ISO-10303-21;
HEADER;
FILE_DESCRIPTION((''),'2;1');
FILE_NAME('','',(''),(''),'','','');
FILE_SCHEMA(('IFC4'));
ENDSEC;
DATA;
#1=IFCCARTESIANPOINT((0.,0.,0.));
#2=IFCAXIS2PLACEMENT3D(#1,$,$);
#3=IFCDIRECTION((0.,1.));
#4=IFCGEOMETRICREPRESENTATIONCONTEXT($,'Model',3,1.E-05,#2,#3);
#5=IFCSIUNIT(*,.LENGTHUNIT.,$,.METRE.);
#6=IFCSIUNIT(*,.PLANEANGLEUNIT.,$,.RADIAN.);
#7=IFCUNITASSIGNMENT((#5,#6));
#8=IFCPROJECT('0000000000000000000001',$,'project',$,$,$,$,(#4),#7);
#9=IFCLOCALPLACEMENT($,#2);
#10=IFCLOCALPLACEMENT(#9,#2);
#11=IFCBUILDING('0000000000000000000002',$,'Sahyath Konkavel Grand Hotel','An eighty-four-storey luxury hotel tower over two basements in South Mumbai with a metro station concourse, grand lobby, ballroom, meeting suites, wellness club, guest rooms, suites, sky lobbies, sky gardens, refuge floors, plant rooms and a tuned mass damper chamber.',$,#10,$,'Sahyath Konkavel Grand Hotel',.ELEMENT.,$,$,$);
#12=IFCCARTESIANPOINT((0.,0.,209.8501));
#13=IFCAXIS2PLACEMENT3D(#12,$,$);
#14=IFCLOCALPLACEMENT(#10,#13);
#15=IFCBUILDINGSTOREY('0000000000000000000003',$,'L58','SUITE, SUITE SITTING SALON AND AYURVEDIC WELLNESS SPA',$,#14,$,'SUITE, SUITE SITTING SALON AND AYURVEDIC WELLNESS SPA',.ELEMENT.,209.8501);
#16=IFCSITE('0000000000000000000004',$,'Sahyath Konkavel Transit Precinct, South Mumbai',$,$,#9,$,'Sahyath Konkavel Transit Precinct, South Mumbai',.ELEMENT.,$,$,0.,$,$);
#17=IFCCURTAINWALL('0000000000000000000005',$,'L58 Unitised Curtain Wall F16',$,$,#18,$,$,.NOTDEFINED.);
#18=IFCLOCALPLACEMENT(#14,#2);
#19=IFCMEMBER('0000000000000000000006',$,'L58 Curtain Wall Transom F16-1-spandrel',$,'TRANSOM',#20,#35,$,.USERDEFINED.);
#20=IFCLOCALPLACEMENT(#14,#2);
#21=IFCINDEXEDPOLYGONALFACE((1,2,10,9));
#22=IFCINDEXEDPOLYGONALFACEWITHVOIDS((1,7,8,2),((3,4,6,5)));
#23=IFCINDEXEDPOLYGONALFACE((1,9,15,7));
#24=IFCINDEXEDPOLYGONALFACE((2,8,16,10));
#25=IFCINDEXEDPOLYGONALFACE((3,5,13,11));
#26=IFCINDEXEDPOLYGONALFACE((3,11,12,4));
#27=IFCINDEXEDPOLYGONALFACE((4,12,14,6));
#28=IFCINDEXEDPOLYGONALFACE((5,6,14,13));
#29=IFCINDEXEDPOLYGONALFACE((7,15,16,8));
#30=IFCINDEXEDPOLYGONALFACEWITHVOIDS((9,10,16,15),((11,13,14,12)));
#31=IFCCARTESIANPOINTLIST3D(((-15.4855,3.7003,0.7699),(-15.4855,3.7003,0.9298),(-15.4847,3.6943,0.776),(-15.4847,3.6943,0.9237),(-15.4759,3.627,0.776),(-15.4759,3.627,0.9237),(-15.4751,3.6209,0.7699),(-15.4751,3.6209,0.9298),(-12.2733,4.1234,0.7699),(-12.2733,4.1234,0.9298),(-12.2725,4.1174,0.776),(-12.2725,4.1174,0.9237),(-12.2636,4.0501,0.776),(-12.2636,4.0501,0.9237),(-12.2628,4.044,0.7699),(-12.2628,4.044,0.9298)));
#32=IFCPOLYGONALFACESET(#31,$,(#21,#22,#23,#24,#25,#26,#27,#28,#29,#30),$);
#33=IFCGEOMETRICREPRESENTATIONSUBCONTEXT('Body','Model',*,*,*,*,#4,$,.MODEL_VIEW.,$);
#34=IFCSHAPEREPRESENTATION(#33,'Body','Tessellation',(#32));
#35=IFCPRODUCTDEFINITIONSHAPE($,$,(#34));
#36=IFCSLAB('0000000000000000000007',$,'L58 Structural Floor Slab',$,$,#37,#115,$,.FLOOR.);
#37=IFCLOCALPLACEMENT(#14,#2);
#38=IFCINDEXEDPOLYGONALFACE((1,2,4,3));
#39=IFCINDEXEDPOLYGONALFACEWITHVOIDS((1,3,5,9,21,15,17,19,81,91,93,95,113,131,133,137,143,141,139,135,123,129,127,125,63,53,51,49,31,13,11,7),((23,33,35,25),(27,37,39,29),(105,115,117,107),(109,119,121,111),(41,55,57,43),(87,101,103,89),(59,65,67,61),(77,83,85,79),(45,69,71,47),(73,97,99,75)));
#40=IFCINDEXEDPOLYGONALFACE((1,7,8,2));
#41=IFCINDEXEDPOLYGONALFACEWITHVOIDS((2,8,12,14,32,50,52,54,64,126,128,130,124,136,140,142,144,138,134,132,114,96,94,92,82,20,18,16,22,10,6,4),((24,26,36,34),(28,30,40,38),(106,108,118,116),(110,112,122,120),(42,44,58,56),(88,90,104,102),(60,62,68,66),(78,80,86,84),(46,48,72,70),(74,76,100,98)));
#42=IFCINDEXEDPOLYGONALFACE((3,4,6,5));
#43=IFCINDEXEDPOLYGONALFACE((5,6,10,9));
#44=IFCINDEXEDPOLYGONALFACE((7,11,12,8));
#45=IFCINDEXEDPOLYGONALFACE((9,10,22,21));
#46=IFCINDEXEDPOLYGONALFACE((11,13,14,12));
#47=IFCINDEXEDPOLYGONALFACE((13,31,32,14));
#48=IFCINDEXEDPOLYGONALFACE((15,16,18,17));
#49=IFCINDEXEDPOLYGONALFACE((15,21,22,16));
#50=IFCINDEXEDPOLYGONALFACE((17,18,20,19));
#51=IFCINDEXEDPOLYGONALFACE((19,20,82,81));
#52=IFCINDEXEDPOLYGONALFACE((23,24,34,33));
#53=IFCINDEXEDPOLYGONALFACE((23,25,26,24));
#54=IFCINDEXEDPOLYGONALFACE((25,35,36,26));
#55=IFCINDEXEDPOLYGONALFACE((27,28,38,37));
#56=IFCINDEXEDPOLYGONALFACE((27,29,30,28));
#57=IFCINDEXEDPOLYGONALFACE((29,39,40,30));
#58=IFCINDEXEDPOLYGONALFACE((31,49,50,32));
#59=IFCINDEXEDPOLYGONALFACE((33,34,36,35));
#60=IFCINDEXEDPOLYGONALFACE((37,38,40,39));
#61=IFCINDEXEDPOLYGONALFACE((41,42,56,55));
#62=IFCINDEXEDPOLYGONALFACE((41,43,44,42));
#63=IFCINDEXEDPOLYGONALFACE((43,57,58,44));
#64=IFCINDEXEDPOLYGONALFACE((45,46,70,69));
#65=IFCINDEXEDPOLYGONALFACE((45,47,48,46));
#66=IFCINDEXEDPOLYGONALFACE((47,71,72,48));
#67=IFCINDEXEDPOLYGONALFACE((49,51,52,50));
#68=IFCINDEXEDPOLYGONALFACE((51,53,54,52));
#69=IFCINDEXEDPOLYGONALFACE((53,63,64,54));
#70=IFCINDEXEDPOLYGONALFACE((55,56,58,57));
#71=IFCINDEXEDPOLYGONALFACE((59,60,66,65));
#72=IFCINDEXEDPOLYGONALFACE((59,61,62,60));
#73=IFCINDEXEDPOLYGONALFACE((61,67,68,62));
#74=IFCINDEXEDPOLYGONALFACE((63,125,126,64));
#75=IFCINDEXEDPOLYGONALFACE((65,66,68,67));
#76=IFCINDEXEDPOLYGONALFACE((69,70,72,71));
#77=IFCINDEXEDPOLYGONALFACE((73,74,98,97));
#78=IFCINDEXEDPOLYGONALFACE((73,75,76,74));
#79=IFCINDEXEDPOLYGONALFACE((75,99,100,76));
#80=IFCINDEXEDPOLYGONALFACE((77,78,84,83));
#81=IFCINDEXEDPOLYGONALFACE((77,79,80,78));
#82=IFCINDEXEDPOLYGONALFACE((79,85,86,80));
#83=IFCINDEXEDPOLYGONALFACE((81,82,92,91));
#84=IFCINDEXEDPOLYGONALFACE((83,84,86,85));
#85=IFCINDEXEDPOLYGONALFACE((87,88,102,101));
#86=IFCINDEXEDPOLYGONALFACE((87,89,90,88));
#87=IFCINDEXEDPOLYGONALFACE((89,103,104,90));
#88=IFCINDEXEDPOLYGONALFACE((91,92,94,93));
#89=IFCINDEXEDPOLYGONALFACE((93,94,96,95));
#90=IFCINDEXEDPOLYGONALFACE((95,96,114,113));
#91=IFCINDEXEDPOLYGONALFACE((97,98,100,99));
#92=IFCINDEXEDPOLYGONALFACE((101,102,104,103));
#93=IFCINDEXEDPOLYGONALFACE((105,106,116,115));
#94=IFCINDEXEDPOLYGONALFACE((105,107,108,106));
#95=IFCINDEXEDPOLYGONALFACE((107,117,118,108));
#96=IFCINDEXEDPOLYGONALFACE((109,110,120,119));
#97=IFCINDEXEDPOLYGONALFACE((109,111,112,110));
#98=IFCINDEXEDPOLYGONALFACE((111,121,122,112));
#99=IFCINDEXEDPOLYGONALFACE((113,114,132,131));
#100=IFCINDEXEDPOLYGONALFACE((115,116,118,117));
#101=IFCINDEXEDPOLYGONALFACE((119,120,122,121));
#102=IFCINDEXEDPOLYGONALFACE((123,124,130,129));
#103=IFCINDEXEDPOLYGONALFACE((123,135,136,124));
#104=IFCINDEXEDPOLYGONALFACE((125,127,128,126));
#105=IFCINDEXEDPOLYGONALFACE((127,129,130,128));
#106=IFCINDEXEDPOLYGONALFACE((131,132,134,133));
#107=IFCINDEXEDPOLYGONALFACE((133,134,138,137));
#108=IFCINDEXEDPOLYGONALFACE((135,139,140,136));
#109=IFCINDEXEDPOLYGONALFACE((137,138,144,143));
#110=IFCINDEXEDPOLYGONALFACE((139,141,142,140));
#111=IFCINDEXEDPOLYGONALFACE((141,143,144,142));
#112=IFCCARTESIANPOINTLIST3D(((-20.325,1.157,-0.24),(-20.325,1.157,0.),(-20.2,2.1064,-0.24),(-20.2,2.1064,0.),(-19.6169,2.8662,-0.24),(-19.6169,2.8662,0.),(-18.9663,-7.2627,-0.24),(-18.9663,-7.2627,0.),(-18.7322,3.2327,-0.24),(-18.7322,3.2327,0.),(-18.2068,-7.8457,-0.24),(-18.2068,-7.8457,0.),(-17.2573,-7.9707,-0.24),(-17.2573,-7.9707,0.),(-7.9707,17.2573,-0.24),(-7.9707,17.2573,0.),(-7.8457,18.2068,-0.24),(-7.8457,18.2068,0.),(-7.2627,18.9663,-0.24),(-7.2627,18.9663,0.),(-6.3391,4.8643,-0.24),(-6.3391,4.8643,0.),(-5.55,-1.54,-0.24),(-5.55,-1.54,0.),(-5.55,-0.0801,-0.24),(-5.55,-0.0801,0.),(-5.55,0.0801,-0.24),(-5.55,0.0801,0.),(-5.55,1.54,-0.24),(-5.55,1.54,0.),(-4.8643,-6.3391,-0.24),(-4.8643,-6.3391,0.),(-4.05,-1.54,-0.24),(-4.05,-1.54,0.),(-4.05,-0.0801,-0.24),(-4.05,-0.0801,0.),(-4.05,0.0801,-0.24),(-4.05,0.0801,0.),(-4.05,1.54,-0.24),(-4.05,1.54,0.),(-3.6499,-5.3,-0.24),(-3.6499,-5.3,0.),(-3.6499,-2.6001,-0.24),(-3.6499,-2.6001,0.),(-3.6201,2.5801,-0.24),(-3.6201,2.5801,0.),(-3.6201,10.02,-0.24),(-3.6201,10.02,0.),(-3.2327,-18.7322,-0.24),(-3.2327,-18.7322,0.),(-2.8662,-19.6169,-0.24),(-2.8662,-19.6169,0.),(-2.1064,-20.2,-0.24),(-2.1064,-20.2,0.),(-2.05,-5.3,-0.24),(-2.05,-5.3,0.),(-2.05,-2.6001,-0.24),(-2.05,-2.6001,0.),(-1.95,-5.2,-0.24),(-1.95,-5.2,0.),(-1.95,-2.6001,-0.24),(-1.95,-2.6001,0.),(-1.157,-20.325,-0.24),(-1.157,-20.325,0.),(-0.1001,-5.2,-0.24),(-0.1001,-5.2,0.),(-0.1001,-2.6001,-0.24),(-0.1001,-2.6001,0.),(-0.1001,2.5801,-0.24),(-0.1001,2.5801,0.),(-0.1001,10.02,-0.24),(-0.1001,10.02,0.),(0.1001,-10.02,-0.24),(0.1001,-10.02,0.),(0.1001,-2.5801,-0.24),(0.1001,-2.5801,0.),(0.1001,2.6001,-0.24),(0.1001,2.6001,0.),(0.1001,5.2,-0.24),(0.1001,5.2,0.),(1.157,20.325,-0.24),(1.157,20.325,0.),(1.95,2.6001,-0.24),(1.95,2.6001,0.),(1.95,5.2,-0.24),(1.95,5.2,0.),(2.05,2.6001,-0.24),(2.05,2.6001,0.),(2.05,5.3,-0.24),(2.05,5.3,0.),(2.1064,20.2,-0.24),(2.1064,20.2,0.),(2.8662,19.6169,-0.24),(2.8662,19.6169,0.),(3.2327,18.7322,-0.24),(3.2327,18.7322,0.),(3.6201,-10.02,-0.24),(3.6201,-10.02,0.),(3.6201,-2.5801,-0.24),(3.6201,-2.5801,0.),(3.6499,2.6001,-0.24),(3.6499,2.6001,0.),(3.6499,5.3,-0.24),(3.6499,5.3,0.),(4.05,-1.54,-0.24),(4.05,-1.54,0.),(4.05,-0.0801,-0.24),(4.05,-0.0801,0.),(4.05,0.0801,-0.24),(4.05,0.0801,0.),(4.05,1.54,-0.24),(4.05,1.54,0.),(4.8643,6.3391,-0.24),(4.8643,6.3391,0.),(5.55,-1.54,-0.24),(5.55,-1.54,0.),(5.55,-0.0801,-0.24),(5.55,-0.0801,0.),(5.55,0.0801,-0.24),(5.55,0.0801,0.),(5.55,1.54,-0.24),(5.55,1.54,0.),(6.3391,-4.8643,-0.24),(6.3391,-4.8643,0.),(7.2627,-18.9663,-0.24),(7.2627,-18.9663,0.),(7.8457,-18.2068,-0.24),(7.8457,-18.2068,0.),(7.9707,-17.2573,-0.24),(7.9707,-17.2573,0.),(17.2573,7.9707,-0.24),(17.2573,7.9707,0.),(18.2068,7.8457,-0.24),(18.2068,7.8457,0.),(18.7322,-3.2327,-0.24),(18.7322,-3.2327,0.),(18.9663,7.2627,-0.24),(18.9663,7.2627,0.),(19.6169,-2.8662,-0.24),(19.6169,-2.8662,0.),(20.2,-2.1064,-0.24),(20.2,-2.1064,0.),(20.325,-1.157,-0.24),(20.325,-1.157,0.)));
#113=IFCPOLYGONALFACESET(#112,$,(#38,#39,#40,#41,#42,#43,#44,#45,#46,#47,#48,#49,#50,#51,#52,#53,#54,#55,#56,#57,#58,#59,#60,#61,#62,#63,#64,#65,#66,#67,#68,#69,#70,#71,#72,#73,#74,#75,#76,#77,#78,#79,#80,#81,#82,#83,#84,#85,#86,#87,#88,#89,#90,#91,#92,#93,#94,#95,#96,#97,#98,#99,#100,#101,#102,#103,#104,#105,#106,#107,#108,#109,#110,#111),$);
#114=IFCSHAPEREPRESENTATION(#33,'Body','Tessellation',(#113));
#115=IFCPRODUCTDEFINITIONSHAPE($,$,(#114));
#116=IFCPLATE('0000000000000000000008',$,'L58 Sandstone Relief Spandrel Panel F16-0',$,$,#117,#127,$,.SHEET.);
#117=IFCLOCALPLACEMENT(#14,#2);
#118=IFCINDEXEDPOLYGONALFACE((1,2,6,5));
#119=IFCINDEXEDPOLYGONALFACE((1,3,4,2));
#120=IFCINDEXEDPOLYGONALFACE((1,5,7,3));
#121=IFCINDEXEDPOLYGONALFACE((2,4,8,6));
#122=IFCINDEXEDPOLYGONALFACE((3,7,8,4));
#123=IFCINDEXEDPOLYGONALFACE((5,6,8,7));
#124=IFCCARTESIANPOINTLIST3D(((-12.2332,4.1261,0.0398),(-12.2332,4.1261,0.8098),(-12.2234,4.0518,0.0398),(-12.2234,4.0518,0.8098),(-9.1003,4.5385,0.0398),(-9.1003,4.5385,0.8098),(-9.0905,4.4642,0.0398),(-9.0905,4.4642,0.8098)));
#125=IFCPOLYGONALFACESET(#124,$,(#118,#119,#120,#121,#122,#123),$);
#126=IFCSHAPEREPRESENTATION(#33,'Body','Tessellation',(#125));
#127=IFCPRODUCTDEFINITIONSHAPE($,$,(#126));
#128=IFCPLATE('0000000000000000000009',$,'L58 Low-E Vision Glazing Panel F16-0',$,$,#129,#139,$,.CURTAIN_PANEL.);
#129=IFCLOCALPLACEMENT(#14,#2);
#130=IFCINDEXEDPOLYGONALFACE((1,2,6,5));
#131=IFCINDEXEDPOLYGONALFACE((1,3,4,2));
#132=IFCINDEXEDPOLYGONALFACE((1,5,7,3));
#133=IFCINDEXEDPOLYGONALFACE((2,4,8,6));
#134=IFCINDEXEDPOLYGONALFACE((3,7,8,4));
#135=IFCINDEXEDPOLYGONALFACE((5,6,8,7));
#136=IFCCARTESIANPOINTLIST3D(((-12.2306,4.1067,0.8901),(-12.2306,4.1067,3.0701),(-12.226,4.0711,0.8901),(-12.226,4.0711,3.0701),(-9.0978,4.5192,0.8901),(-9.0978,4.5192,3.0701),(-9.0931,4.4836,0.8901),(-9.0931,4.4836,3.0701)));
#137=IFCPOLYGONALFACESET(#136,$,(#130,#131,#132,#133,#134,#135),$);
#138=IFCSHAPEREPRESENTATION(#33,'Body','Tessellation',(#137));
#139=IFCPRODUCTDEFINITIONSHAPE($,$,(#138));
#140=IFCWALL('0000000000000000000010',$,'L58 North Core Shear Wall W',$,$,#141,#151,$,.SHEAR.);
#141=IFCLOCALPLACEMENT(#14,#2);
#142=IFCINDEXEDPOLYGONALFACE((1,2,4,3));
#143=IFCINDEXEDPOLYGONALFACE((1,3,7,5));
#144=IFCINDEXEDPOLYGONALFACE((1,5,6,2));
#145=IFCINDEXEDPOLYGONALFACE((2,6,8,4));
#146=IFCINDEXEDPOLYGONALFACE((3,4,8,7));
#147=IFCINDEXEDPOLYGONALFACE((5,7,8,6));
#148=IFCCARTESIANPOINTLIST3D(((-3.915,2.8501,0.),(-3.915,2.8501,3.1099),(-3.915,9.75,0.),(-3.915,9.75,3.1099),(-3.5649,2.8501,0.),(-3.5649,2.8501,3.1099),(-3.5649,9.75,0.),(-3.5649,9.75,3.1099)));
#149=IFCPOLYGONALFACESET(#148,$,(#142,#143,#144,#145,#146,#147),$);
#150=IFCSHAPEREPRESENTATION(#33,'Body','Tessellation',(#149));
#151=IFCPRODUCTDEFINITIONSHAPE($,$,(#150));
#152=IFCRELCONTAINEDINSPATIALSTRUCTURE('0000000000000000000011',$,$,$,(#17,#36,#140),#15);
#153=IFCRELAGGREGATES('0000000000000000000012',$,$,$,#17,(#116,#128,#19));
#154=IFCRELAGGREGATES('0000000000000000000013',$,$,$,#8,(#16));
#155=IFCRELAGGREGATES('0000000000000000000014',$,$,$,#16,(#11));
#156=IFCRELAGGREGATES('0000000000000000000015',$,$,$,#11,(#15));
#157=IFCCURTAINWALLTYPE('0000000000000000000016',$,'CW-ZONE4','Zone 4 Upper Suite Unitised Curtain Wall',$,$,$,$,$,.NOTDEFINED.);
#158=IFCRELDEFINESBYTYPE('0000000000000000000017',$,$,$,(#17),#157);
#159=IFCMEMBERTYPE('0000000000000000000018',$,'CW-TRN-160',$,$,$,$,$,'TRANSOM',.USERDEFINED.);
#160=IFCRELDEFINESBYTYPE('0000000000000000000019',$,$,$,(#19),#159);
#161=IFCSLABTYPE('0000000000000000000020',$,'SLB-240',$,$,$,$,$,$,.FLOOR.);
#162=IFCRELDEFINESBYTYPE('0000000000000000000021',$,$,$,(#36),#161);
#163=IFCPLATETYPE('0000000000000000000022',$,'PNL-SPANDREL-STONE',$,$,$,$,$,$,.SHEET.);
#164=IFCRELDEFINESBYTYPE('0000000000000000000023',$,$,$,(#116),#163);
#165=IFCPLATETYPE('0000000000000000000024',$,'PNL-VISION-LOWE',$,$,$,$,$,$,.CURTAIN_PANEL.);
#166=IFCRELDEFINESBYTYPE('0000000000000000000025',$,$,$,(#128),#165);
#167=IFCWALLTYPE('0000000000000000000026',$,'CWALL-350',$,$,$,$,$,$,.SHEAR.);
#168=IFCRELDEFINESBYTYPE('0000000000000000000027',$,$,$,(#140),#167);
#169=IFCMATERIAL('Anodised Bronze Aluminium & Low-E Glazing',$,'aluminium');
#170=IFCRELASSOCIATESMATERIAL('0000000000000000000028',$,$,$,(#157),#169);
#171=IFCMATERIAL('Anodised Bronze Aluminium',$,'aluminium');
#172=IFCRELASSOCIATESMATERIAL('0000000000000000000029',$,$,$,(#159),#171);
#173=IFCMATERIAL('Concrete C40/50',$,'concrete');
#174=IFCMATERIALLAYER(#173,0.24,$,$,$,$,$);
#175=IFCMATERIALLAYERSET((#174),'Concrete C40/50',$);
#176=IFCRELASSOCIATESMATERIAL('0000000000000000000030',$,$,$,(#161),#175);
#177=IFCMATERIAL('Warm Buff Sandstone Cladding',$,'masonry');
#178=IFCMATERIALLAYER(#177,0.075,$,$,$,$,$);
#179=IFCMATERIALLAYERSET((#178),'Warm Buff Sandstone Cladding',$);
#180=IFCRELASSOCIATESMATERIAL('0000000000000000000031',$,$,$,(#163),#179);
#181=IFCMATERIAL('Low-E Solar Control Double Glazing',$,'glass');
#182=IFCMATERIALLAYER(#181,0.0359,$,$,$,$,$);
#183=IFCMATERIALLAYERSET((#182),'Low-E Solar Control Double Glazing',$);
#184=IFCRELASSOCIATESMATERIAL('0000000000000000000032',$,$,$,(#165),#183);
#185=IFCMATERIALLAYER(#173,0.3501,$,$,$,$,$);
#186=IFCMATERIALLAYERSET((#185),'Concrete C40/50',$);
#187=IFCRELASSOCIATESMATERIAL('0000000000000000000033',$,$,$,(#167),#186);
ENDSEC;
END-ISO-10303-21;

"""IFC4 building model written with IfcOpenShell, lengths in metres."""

from ifc_helpers import new_model, si_unit, direction, frame, frame_2d, origin, origin_2d, place, context, subcontext, project, spatial, polyline, rectangle, hollow_rectangle, outline, extrude, source, transform, mapped, material, layer, layer_set, material_profile, profile_set, type_object, element, aggregate, save


model = new_model("IFC4")

# Units and contexts
model_context = context("Model", 3, precision=1e-05, world=origin(), true_north=direction((0.0, 1.0)))
body_context = subcontext(model_context, "Body", "Model", "MODEL_VIEW")
ifc_project = project(units=[si_unit("LENGTHUNIT", "METRE"), si_unit("PLANEANGLEUNIT", "RADIAN")], contexts=[model_context])

# Site, building, storey
site_placement = place(None, origin())
site = spatial("IfcSite", under=ifc_project, at=site_placement, Name="Sahyath Konkavel Transit Precinct, South Mumbai", LongName="Sahyath Konkavel Transit Precinct, South Mumbai", CompositionType="ELEMENT", RefElevation=0.0)
building_placement = place(site_placement, origin())
building = spatial("IfcBuilding", under=site, at=building_placement, Name="Sahyath Konkavel Grand Hotel", Description="An eighty-four-storey luxury hotel tower over two basements in South Mumbai with a metro station concourse, grand lobby, ballroom, meeting suites, wellness club, guest rooms, suites, sky lobbies, sky gardens, refuge floors, plant rooms and a tuned mass damper chamber.", LongName="Sahyath Konkavel Grand Hotel", CompositionType="ELEMENT")
storey_placement = place(building_placement, frame((0.0, 0.0, 209.8501)))
storey = spatial("IfcBuildingStorey", under=building, at=storey_placement, Name="L58", Description="SUITE, SUITE SITTING SALON AND AYURVEDIC WELLNESS SPA", LongName="SUITE, SUITE SITTING SALON AND AYURVEDIC WELLNESS SPA", CompositionType="ELEMENT", Elevation=209.8501)

# Shared definitions
ifc_material_1 = material(Name="Concrete C40/50", Category="concrete")

# Curtain wall, member
ifc_material_2 = material(Name="Anodised Bronze Aluminium & Low-E Glazing", Category="aluminium")
curtain_wall_type = type_object("IfcCurtainWallType", Name="CW-ZONE4", Description="Zone 4 Upper Suite Unitised Curtain Wall", PredefinedType="NOTDEFINED", material=ifc_material_2)
curtain_wall_placement = place(storey_placement, origin())
curtain_wall = element("IfcCurtainWall", 1, at=curtain_wall_placement, inside=storey, type_object=curtain_wall_type, Name="L58 Unitised Curtain Wall F16", PredefinedType="NOTDEFINED")
ifc_material_3 = material(Name="Anodised Bronze Aluminium", Category="aluminium")
ifc_material_profile_1 = material_profile(ifc_material_3, hollow_rectangle(XDim=0.0801, YDim=0.1599, WallThickness=0.0061, at=origin_2d()), Name="RHS 160x80x6")
ifc_profile_set_1 = profile_set([ifc_material_profile_1], Name="Anodised Bronze Aluminium")
member_type_1 = type_object("IfcMemberType", Name="CW-TRN-160", ElementType="TRANSOM", PredefinedType="USERDEFINED", material=ifc_profile_set_1)
shared_shape_1 = source(origin(), body_context, "Body", "SweptSolid", [
    extrude(hollow_rectangle(XDim=0.0801, YDim=0.1599, WallThickness=0.0061, at=origin_2d()), origin(), (0.0, 0.0, 1.0), 3.24),
])
member_1_placement = place(storey_placement, frame((-12.2681, 4.0837, 0.8499), z_axis=(-0.991437, -0.130589, 0.0), x_axis=(0.130589, -0.991437, 0.0)))
member_1 = element("IfcMember", 2, at=member_1_placement, type_object=member_type_1, Name="L58 Curtain Wall Transom F16-1-spandrel", ObjectType="TRANSOM", PredefinedType="USERDEFINED", context=body_context, shape_type="MappedRepresentation", body=[
    mapped(shared_shape_1, transform((0.0, 0.0, 0.0), scale=1.0)),
])

# Slab
ifc_layer_1 = layer(ifc_material_1, 0.24)
ifc_layer_set_1 = layer_set([ifc_layer_1], Name="Concrete C40/50")
slab_type = type_object("IfcSlabType", Name="SLB-240", PredefinedType="FLOOR", material=ifc_layer_set_1)
slab_placement = place(storey_placement, frame((0.0, 0.0, -0.24)))
element("IfcSlab", 3, at=slab_placement, inside=storey, type_object=slab_type, Name="L58 Structural Floor Slab", PredefinedType="FLOOR", context=body_context, shape_type="SweptSolid", body=[
    extrude(outline(polyline([(6.3391, -4.8643), (18.7322, -3.2327), (19.6169, -2.8662), (20.2, -2.1064), (20.325, -1.157), (18.9663, 7.2627), (18.2068, 7.8457), (17.2573, 7.9707), (4.8643, 6.3391), (3.2327, 18.7322), (2.8662, 19.6169), (2.1064, 20.2), (1.157, 20.325), (-7.2627, 18.9663), (-7.8457, 18.2068), (-7.9707, 17.2573), (-6.3391, 4.8643), (-18.7322, 3.2327), (-19.6169, 2.8662), (-20.2, 2.1064), (-20.325, 1.157), (-18.9663, -7.2627), (-18.2068, -7.8457), (-17.2573, -7.9707), (-4.8643, -6.3391), (-3.2327, -18.7322), (-2.8662, -19.6169), (-2.1064, -20.2), (-1.157, -20.325), (7.2627, -18.9663), (7.8457, -18.2068), (7.9707, -17.2573), (6.3391, -4.8643)]), holes=[polyline([(-3.6201, 2.5801), (-0.1001, 2.5801), (-0.1001, 10.02), (-3.6201, 10.02), (-3.6201, 2.5801)]), polyline([(0.1001, -10.02), (3.6201, -10.02), (3.6201, -2.5801), (0.1001, -2.5801), (0.1001, -10.02)]), polyline([(0.1001, 2.6001), (1.95, 2.6001), (1.95, 5.2), (0.1001, 5.2), (0.1001, 2.6001)]), polyline([(-1.95, -5.2), (-0.1001, -5.2), (-0.1001, -2.6001), (-1.95, -2.6001), (-1.95, -5.2)]), polyline([(2.05, 2.6001), (3.6499, 2.6001), (3.6499, 5.3), (2.05, 5.3), (2.05, 2.6001)]), polyline([(-3.6499, -5.3), (-2.05, -5.3), (-2.05, -2.6001), (-3.6499, -2.6001), (-3.6499, -5.3)]), polyline([(4.05, 0.0801), (5.55, 0.0801), (5.55, 1.54), (4.05, 1.54), (4.05, 0.0801)]), polyline([(4.05, -1.54), (5.55, -1.54), (5.55, -0.0801), (4.05, -0.0801), (4.05, -1.54)]), polyline([(-5.55, 0.0801), (-4.05, 0.0801), (-4.05, 1.54), (-5.55, 1.54), (-5.55, 0.0801)]), polyline([(-5.55, -1.54), (-4.05, -1.54), (-4.05, -0.0801), (-5.55, -0.0801), (-5.55, -1.54)])]), origin(), (0.0, 0.0, 1.0), 0.24),
])

# Plates
ifc_material_4 = material(Name="Warm Buff Sandstone Cladding", Category="masonry")
ifc_layer_2 = layer(ifc_material_4, 0.075)
ifc_layer_set_2 = layer_set([ifc_layer_2], Name="Warm Buff Sandstone Cladding")
plate_type_1 = type_object("IfcPlateType", Name="PNL-SPANDREL-STONE", PredefinedType="SHEET", material=ifc_layer_set_2)
shared_shape_2 = source(origin(), body_context, "Body", "SweptSolid", [
    extrude(rectangle(XDim=3.1599, YDim=0.075, at=origin_2d()), origin(), (0.0, 0.0, 1.0), 0.77),
])
plate_1_placement = place(storey_placement, frame((-10.6619, 4.2952, 0.0398), z_axis=(0.0, 0.0, 1.0), x_axis=(-0.991445, -0.130526, 0.0)))
plate_1 = element("IfcPlate", 4, at=plate_1_placement, type_object=plate_type_1, Name="L58 Sandstone Relief Spandrel Panel F16-0", PredefinedType="SHEET", context=body_context, shape_type="MappedRepresentation", body=[
    mapped(shared_shape_2, transform((0.0, 0.0, 0.0), scale=1.0)),
])
ifc_material_5 = material(Name="Low-E Solar Control Double Glazing", Category="glass")
ifc_layer_3 = layer(ifc_material_5, 0.0359)
ifc_layer_set_3 = layer_set([ifc_layer_3], Name="Low-E Solar Control Double Glazing")
plate_type_2 = type_object("IfcPlateType", Name="PNL-VISION-LOWE", PredefinedType="CURTAIN_PANEL", material=ifc_layer_set_3)
shared_shape_3 = source(origin(), body_context, "Body", "SweptSolid", [
    extrude(rectangle(XDim=3.1599, YDim=0.0359, at=origin_2d()), origin(), (0.0, 0.0, 1.0), 2.1799),
])
plate_2_placement = place(storey_placement, frame((-10.6619, 4.2952, 0.8901), z_axis=(0.0, 0.0, 1.0), x_axis=(-0.991445, -0.130526, 0.0)))
plate_2 = element("IfcPlate", 5, at=plate_2_placement, type_object=plate_type_2, Name="L58 Low-E Vision Glazing Panel F16-0", PredefinedType="CURTAIN_PANEL", context=body_context, shape_type="MappedRepresentation", body=[
    mapped(shared_shape_3, transform((0.0, 0.0, 0.0), scale=1.0)),
])
aggregate(curtain_wall, [plate_1, plate_2, member_1])

# Wall
ifc_layer_4 = layer(ifc_material_1, 0.3501)
ifc_layer_set_4 = layer_set([ifc_layer_4], Name="Concrete C40/50")
wall_type_1 = type_object("IfcWallType", Name="CWALL-350", PredefinedType="SHEAR", material=ifc_layer_set_4)
wall_1_placement = place(storey_placement, frame((-3.74, 2.8501, 0.0), z_axis=(0.0, 0.0, 1.0), x_axis=(0.0, 1.0, 0.0)))
element("IfcWall", 6, at=wall_1_placement, inside=storey, type_object=wall_type_1, Name="L58 North Core Shear Wall W", PredefinedType="SHEAR", context=body_context, shape_type="SweptSolid", body=[
    extrude(rectangle(XDim=6.8999, YDim=0.3501, at=frame_2d((3.45, 0.0))), origin(), (0.0, 0.0, 1.0), 3.1099),
])

save(model, "model.ifc")
